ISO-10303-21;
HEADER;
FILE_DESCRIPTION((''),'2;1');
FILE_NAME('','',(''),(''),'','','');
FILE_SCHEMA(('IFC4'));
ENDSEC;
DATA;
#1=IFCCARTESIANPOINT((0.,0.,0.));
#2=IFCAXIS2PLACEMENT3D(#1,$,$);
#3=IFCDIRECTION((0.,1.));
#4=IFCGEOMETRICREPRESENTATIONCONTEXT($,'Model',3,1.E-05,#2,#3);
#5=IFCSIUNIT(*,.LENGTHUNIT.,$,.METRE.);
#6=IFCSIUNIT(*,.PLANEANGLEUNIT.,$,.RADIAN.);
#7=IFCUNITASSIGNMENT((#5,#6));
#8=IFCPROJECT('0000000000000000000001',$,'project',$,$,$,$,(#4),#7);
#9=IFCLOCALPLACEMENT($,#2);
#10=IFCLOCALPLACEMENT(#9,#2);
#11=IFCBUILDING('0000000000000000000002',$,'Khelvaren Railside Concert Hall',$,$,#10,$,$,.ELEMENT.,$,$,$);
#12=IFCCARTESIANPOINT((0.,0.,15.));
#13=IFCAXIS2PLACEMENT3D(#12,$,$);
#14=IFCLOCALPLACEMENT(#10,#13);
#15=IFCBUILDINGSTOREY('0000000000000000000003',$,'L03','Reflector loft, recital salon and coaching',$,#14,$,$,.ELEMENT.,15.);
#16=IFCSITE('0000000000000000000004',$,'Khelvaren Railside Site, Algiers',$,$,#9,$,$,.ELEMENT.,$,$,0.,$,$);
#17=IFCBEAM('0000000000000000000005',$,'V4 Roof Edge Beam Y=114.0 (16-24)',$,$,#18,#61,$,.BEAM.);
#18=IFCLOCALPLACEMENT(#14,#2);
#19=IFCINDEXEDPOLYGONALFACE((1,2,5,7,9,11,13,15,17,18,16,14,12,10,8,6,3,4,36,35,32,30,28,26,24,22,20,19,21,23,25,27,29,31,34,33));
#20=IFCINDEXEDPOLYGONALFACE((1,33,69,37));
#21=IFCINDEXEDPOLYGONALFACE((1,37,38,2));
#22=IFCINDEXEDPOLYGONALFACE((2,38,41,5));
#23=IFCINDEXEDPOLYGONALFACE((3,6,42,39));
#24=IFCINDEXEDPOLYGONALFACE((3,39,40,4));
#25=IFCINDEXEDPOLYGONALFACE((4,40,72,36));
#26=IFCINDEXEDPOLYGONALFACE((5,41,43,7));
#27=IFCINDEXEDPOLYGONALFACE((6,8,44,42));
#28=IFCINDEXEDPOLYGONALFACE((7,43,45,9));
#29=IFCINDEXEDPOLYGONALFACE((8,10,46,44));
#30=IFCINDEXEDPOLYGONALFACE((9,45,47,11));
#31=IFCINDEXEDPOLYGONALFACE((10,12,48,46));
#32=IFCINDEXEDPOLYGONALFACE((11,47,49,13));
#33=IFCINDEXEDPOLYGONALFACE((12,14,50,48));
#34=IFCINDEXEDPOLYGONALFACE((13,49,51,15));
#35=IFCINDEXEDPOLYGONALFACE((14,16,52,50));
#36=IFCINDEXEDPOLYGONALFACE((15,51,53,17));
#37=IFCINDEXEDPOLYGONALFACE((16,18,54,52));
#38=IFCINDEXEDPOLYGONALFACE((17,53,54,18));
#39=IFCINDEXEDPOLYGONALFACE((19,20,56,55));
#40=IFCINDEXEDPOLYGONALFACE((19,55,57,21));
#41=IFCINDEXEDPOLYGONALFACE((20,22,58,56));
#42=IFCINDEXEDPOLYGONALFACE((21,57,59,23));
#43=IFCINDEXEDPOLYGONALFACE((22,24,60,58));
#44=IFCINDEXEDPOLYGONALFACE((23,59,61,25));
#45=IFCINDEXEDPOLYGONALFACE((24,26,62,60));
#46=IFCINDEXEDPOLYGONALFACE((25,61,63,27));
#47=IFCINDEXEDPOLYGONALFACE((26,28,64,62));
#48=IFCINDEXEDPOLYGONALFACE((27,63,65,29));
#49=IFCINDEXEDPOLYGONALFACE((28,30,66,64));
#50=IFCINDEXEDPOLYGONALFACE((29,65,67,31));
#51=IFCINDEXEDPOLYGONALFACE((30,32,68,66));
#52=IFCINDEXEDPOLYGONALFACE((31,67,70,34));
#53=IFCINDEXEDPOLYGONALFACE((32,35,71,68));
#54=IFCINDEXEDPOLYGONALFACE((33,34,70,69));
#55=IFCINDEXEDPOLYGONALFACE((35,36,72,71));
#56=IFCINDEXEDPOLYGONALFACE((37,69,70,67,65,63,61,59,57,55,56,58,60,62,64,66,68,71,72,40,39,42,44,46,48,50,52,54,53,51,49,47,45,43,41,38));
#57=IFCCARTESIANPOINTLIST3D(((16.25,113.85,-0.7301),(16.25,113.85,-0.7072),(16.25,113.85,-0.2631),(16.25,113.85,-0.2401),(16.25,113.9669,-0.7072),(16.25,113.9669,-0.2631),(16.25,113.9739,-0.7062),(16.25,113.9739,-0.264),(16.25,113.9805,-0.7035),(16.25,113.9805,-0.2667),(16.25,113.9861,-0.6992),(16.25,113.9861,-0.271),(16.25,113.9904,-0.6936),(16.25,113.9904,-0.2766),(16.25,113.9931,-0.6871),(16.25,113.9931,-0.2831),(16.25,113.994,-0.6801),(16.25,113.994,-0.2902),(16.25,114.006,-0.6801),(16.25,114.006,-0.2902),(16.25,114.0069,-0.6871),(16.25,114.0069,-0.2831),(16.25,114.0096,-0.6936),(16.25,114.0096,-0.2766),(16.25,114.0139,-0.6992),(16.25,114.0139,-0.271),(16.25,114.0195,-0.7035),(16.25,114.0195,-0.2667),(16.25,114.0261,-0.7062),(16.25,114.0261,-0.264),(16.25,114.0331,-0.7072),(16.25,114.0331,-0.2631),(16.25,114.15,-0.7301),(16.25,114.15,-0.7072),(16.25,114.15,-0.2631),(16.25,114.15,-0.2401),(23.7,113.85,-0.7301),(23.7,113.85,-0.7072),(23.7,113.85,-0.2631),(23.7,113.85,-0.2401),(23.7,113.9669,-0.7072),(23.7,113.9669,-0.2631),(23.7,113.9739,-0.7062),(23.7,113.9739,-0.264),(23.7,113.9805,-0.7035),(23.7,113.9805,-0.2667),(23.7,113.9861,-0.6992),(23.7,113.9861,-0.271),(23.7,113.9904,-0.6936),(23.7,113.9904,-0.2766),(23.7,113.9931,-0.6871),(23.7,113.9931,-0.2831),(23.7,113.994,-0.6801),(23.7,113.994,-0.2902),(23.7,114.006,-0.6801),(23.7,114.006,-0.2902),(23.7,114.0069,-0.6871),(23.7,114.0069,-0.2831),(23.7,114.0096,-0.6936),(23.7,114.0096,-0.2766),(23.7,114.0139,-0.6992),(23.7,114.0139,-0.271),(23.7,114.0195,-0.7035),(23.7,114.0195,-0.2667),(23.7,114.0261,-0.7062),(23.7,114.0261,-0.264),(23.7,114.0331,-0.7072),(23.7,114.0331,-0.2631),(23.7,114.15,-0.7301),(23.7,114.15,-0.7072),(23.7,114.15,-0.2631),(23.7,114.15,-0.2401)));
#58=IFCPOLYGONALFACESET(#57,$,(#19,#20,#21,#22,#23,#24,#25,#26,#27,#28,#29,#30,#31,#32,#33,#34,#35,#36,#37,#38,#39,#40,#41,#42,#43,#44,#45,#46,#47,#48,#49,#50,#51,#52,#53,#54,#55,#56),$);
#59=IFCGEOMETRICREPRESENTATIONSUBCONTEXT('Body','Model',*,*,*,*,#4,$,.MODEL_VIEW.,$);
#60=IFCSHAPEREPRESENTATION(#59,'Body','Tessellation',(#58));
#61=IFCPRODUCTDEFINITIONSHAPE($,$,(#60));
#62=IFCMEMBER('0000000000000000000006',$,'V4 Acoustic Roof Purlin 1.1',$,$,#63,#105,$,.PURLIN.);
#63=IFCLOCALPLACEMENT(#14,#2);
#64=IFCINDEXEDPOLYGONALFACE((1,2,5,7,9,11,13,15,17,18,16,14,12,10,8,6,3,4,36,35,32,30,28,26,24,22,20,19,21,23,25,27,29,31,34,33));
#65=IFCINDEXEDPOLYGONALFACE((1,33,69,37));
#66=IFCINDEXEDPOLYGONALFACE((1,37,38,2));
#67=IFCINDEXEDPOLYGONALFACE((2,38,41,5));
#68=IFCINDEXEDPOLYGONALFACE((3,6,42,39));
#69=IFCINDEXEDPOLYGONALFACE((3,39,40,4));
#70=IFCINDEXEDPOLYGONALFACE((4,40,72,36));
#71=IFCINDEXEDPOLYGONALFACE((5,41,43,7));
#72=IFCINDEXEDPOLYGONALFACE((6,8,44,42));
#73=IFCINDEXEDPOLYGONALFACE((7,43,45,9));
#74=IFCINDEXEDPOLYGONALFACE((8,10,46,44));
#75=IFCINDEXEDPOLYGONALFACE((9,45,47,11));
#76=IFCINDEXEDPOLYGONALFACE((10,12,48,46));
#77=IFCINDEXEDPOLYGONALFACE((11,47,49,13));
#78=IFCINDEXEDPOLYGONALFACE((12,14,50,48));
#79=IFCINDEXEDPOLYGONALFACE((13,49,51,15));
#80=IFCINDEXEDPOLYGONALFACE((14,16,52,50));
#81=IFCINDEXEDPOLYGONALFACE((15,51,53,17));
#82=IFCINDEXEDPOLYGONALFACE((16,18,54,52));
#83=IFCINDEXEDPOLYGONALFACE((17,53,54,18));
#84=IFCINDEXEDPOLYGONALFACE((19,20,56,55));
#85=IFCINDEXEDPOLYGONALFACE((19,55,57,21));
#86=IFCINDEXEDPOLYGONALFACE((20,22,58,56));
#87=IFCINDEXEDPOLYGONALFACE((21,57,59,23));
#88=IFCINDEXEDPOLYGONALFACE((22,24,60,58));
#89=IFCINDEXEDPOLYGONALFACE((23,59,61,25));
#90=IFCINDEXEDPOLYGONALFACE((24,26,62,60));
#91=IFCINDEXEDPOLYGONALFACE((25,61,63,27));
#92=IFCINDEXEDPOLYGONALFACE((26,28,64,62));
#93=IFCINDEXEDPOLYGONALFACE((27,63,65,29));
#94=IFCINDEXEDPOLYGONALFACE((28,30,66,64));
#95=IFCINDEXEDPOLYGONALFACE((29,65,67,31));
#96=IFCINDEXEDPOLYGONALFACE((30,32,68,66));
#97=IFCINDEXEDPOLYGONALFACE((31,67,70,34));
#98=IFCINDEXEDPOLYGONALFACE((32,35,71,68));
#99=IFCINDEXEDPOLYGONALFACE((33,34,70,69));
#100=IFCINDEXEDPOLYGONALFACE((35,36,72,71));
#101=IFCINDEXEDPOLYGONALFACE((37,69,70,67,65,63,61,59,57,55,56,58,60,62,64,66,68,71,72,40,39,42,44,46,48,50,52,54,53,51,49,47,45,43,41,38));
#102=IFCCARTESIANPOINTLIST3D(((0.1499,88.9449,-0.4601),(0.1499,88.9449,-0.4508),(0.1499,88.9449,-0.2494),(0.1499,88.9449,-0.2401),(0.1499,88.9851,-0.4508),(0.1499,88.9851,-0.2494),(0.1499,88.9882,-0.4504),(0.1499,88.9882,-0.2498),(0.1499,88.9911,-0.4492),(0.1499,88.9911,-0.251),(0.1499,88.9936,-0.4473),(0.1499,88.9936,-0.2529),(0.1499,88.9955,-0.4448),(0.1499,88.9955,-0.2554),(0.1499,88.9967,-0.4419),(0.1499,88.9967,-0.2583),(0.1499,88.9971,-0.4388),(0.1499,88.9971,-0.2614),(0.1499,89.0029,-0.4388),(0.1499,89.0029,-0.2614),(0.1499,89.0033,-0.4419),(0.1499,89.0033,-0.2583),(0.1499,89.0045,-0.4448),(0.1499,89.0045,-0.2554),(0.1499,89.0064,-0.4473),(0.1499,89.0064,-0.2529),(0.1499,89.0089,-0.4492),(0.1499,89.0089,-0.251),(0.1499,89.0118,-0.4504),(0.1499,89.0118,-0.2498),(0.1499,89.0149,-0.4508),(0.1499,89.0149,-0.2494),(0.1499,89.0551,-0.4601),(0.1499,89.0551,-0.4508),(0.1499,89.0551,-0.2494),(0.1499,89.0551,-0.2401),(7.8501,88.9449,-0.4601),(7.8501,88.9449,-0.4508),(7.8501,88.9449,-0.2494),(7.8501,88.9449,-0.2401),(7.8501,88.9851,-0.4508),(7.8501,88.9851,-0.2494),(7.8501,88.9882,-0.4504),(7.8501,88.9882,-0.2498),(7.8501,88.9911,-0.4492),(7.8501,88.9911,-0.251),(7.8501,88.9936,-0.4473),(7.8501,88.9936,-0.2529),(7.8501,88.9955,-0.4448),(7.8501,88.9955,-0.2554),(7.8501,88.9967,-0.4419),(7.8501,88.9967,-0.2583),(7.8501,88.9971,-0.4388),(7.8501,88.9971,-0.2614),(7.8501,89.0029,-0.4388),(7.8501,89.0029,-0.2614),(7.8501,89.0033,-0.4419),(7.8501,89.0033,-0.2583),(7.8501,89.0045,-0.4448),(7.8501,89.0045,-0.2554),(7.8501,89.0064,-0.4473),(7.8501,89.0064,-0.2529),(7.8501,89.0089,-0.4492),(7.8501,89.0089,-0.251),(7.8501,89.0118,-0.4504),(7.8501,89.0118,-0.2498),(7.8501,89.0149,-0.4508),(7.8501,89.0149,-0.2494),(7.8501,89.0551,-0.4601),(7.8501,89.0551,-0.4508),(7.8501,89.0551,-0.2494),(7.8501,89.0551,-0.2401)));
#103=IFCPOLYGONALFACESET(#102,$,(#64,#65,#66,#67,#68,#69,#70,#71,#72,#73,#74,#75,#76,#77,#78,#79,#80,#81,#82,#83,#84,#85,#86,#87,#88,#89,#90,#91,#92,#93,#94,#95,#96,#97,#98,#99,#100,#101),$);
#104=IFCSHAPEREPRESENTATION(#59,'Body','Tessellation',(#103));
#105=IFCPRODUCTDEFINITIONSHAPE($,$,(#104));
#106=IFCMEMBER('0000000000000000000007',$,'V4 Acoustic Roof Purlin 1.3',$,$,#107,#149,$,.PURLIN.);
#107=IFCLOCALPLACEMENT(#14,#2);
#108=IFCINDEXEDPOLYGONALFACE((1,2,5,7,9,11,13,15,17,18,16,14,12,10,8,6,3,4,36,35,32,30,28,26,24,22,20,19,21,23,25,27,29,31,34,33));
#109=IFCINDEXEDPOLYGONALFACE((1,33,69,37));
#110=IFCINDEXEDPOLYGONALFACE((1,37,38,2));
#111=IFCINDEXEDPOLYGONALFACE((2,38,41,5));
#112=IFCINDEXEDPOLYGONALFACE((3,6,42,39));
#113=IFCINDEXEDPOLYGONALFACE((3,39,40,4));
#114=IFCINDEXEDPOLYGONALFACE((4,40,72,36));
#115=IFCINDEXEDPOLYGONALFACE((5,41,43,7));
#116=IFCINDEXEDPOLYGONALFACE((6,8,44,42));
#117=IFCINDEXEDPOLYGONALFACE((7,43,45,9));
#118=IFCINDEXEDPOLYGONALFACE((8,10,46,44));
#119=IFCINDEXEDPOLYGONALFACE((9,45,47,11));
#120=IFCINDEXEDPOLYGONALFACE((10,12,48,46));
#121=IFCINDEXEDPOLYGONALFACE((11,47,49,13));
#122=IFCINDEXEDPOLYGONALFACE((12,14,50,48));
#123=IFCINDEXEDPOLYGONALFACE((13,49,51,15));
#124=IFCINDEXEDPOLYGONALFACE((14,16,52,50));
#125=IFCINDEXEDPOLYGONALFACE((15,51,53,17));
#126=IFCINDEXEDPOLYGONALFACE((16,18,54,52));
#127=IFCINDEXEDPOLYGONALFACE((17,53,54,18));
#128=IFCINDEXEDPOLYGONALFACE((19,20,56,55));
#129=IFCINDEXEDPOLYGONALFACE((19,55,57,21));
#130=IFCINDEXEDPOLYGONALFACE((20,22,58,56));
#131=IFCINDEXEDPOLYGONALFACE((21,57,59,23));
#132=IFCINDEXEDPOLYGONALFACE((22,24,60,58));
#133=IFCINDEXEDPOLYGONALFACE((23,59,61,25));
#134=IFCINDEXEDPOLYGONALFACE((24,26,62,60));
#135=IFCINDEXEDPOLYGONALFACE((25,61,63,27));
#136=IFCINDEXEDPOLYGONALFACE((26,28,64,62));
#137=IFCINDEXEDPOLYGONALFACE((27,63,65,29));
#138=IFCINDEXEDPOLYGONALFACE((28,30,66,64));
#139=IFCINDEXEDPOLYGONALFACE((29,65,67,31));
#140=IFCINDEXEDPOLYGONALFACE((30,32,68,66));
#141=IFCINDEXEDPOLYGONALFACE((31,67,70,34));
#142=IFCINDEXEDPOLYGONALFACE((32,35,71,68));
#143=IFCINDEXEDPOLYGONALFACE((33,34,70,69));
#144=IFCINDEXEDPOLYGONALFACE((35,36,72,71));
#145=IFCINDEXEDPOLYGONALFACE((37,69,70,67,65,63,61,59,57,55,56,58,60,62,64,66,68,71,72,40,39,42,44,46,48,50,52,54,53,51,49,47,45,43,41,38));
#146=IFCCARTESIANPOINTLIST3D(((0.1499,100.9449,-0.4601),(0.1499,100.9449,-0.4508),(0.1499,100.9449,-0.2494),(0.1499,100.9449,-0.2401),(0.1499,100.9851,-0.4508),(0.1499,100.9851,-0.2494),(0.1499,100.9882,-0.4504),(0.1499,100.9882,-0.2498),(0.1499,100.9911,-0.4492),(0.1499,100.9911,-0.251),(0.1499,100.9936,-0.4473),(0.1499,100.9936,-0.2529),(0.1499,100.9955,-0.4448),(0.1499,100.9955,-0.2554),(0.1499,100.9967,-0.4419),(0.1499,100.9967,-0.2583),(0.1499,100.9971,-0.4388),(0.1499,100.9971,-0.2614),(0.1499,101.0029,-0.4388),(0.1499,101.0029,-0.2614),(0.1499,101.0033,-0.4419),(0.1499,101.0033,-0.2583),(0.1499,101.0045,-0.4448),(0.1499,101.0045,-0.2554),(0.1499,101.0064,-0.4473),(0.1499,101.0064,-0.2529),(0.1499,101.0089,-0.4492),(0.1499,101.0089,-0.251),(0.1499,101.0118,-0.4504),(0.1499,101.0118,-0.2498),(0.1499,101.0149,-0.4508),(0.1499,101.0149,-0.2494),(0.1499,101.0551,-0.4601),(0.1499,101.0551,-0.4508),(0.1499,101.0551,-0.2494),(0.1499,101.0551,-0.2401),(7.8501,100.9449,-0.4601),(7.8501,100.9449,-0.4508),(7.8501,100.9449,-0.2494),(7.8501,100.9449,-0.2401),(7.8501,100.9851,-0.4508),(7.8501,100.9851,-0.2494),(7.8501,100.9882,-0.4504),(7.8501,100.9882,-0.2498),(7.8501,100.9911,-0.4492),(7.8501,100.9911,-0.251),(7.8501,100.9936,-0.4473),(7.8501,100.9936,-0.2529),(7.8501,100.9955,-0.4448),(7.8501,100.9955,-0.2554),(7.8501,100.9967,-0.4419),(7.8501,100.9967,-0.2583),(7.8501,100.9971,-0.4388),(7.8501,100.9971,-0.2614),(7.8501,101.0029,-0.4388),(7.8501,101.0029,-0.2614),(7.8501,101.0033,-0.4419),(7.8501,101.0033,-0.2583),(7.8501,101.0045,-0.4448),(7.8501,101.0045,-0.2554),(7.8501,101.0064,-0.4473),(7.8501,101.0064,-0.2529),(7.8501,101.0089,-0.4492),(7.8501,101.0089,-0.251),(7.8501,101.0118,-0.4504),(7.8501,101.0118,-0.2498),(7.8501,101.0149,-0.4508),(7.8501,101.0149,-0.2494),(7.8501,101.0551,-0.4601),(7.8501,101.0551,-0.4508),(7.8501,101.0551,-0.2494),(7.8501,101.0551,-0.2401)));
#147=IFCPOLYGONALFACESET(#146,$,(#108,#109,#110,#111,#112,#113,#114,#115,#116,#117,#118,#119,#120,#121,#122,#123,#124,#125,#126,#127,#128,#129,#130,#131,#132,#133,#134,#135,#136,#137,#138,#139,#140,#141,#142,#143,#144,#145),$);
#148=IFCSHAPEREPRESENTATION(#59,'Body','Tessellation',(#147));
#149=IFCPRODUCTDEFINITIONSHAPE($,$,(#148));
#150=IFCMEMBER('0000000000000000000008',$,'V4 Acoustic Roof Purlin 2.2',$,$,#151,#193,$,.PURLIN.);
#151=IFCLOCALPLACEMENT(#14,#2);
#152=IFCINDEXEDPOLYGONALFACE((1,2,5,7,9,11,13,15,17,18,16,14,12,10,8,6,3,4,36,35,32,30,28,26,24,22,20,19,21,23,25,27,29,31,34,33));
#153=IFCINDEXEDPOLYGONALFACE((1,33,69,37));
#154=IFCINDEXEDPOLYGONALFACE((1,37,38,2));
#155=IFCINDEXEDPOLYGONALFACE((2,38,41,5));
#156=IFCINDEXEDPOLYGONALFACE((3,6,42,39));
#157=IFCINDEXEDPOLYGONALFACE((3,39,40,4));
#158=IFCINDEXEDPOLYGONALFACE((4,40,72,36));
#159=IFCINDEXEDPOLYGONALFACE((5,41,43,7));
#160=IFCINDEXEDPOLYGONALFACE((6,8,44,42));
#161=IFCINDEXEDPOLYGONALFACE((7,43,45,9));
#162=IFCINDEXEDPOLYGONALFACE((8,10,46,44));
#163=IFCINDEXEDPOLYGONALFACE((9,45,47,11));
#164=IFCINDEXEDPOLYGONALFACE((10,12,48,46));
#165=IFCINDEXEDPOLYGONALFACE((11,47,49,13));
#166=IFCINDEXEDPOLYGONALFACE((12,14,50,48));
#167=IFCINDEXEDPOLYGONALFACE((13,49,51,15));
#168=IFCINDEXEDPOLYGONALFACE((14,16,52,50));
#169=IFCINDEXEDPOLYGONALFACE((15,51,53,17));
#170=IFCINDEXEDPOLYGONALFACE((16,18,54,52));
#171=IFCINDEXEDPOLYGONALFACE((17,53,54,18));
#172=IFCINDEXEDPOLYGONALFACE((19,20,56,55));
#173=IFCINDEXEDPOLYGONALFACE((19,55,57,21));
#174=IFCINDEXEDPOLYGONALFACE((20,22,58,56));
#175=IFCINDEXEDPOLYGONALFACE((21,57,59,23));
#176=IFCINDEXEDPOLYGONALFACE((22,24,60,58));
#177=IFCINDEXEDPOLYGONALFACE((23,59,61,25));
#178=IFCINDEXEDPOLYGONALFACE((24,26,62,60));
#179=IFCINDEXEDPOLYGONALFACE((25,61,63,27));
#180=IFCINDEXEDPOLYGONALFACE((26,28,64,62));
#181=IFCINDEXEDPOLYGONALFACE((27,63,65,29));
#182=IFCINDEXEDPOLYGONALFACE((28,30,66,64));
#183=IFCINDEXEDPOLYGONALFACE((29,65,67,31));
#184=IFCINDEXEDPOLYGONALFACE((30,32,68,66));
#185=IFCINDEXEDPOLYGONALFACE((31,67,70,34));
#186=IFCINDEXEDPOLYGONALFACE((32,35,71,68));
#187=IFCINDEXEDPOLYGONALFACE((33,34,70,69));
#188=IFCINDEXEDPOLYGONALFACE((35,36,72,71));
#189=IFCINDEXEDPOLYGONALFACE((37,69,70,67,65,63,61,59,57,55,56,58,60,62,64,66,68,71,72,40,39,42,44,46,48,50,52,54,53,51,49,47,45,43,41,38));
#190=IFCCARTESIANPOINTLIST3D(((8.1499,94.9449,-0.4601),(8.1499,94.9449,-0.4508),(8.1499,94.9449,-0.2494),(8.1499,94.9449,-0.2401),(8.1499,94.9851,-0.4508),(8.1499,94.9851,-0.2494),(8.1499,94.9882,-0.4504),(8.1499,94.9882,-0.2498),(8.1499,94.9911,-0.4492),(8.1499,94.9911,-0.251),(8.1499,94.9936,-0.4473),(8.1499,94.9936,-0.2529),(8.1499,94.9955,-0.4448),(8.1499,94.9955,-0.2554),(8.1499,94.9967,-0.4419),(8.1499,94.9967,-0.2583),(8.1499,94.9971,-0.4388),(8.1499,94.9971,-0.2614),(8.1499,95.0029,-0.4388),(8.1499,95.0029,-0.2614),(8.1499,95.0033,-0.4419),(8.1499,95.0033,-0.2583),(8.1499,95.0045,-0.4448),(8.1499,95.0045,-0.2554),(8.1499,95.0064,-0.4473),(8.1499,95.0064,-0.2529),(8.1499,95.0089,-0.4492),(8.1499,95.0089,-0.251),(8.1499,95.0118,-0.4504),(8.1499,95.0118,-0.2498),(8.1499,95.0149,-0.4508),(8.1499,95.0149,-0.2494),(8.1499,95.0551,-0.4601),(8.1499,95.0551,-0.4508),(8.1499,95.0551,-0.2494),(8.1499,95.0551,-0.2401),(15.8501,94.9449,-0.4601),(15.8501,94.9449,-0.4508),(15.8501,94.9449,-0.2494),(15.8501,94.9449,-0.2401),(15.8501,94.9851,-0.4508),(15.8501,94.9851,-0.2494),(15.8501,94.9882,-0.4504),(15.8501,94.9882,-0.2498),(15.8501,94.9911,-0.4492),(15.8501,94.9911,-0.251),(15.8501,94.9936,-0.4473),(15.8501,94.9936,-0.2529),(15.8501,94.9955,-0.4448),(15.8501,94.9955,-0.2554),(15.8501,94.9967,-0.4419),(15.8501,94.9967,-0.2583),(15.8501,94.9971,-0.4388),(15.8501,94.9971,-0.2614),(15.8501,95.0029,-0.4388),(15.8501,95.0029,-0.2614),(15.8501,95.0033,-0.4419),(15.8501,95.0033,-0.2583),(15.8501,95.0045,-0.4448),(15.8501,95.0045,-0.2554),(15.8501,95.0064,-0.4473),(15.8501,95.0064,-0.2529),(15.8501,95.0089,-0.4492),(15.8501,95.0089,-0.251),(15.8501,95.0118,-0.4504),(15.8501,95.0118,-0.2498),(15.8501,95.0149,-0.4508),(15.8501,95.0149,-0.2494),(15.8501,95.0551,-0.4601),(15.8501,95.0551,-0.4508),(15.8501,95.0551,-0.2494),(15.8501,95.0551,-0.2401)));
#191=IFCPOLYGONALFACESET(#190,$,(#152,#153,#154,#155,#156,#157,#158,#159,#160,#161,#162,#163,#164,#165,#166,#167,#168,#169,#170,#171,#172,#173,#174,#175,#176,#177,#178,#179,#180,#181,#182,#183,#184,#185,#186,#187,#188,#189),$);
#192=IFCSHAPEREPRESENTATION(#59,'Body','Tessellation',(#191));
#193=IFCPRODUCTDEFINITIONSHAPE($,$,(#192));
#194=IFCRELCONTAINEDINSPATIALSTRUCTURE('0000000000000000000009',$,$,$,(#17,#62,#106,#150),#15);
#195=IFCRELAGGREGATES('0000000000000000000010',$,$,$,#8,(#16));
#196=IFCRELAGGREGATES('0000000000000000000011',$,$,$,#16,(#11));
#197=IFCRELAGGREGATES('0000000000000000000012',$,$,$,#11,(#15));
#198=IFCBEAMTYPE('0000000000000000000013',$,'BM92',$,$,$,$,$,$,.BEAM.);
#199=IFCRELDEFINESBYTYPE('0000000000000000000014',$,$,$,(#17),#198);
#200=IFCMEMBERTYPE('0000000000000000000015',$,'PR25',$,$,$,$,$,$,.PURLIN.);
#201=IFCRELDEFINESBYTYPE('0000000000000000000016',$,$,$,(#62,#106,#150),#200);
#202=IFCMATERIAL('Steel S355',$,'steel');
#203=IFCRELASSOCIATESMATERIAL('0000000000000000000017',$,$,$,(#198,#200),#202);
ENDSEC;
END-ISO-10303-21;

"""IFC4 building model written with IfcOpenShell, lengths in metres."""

from ifc_helpers import new_model, si_unit, direction, frame, origin, origin_2d, place, context, subcontext, project, spatial, i_section, extrude, material, material_profile, profile_set, type_object, element, save


model = new_model("IFC4")

# Units and contexts
model_context = context("Model", 3, precision=1e-05, world=origin(), true_north=direction((0.0, 1.0)))
body_context = subcontext(model_context, "Body", "Model", "MODEL_VIEW")
ifc_project = project(units=[si_unit("LENGTHUNIT", "METRE"), si_unit("PLANEANGLEUNIT", "RADIAN")], contexts=[model_context])

# Site, building, storey
site_placement = place(None, origin())
site = spatial("IfcSite", under=ifc_project, at=site_placement, Name="Khelvaren Railside Site, Algiers", CompositionType="ELEMENT", RefElevation=0.0)
building_placement = place(site_placement, origin())
building = spatial("IfcBuilding", under=site, at=building_placement, Name="Khelvaren Railside Concert Hall", CompositionType="ELEMENT")
storey_placement = place(building_placement, frame((0.0, 0.0, 15.0)))
storey = spatial("IfcBuildingStorey", under=building, at=storey_placement, Name="L03", Description="Reflector loft, recital salon and coaching", CompositionType="ELEMENT", Elevation=15.0)

# Beam
ifc_material_1 = material(Name="Steel S355", Category="steel")
ifc_material_profile_1 = material_profile(ifc_material_1, i_section(OverallWidth=0.3, OverallDepth=0.49, WebThickness=0.012, FlangeThickness=0.0229, FilletRadius=0.0271, at=origin_2d()), Name="HEA 500")
ifc_profile_set_1 = profile_set([ifc_material_profile_1], Name="Steel S355")
beam_type = type_object("IfcBeamType", Name="BM92", PredefinedType="BEAM", material=ifc_profile_set_1)
for number, where, z_axis, x_axis, name in (
    (1, (16.25, 114.0, -0.4851), (1.0, 0.0, 0.0), (0.0, 1.0, 0.0), "V4 Roof Edge Beam Y=114.0 (16-24)"),
):
    element("IfcBeam", number, at=place(storey_placement, frame(where, z_axis=z_axis, x_axis=x_axis)), inside=storey, type_object=beam_type, Name=name, PredefinedType="BEAM", context=body_context, shape_type="SweptSolid", body=[
        extrude(i_section(OverallWidth=0.3, OverallDepth=0.49, WebThickness=0.012, FlangeThickness=0.0229, FilletRadius=0.0271, at=origin_2d()), origin(), (0.0, 0.0, 1.0), 7.45),
    ])

# Members
ifc_material_profile_2 = material_profile(ifc_material_1, i_section(OverallWidth=0.1101, OverallDepth=0.22, WebThickness=0.0059, FlangeThickness=0.0093, FilletRadius=0.012, at=origin_2d()), Name="IPE 220")
ifc_profile_set_2 = profile_set([ifc_material_profile_2], Name="Steel S355")
member_type_1 = type_object("IfcMemberType", Name="PR25", PredefinedType="PURLIN", material=ifc_profile_set_2)
for number, where, z_axis, x_axis, name in (
    (2, (0.1499, 89.0, -0.3501), (1.0, 0.0, 0.0), (0.0, 1.0, 0.0), "V4 Acoustic Roof Purlin 1.1"),
    (3, (0.1499, 101.0, -0.3501), (1.0, 0.0, 0.0), (0.0, 1.0, 0.0), "V4 Acoustic Roof Purlin 1.3"),
    (4, (8.1499, 95.0, -0.3501), (1.0, 0.0, 0.0), (0.0, 1.0, 0.0), "V4 Acoustic Roof Purlin 2.2"),
):
    element("IfcMember", number, at=place(storey_placement, frame(where, z_axis=z_axis, x_axis=x_axis)), inside=storey, type_object=member_type_1, Name=name, PredefinedType="PURLIN", context=body_context, shape_type="SweptSolid", body=[
        extrude(i_section(OverallWidth=0.1101, OverallDepth=0.22, WebThickness=0.0059, FlangeThickness=0.0093, FilletRadius=0.012, at=origin_2d()), origin(), (0.0, 0.0, 1.0), 7.7002),
    ])

save(model, "model.ifc")
